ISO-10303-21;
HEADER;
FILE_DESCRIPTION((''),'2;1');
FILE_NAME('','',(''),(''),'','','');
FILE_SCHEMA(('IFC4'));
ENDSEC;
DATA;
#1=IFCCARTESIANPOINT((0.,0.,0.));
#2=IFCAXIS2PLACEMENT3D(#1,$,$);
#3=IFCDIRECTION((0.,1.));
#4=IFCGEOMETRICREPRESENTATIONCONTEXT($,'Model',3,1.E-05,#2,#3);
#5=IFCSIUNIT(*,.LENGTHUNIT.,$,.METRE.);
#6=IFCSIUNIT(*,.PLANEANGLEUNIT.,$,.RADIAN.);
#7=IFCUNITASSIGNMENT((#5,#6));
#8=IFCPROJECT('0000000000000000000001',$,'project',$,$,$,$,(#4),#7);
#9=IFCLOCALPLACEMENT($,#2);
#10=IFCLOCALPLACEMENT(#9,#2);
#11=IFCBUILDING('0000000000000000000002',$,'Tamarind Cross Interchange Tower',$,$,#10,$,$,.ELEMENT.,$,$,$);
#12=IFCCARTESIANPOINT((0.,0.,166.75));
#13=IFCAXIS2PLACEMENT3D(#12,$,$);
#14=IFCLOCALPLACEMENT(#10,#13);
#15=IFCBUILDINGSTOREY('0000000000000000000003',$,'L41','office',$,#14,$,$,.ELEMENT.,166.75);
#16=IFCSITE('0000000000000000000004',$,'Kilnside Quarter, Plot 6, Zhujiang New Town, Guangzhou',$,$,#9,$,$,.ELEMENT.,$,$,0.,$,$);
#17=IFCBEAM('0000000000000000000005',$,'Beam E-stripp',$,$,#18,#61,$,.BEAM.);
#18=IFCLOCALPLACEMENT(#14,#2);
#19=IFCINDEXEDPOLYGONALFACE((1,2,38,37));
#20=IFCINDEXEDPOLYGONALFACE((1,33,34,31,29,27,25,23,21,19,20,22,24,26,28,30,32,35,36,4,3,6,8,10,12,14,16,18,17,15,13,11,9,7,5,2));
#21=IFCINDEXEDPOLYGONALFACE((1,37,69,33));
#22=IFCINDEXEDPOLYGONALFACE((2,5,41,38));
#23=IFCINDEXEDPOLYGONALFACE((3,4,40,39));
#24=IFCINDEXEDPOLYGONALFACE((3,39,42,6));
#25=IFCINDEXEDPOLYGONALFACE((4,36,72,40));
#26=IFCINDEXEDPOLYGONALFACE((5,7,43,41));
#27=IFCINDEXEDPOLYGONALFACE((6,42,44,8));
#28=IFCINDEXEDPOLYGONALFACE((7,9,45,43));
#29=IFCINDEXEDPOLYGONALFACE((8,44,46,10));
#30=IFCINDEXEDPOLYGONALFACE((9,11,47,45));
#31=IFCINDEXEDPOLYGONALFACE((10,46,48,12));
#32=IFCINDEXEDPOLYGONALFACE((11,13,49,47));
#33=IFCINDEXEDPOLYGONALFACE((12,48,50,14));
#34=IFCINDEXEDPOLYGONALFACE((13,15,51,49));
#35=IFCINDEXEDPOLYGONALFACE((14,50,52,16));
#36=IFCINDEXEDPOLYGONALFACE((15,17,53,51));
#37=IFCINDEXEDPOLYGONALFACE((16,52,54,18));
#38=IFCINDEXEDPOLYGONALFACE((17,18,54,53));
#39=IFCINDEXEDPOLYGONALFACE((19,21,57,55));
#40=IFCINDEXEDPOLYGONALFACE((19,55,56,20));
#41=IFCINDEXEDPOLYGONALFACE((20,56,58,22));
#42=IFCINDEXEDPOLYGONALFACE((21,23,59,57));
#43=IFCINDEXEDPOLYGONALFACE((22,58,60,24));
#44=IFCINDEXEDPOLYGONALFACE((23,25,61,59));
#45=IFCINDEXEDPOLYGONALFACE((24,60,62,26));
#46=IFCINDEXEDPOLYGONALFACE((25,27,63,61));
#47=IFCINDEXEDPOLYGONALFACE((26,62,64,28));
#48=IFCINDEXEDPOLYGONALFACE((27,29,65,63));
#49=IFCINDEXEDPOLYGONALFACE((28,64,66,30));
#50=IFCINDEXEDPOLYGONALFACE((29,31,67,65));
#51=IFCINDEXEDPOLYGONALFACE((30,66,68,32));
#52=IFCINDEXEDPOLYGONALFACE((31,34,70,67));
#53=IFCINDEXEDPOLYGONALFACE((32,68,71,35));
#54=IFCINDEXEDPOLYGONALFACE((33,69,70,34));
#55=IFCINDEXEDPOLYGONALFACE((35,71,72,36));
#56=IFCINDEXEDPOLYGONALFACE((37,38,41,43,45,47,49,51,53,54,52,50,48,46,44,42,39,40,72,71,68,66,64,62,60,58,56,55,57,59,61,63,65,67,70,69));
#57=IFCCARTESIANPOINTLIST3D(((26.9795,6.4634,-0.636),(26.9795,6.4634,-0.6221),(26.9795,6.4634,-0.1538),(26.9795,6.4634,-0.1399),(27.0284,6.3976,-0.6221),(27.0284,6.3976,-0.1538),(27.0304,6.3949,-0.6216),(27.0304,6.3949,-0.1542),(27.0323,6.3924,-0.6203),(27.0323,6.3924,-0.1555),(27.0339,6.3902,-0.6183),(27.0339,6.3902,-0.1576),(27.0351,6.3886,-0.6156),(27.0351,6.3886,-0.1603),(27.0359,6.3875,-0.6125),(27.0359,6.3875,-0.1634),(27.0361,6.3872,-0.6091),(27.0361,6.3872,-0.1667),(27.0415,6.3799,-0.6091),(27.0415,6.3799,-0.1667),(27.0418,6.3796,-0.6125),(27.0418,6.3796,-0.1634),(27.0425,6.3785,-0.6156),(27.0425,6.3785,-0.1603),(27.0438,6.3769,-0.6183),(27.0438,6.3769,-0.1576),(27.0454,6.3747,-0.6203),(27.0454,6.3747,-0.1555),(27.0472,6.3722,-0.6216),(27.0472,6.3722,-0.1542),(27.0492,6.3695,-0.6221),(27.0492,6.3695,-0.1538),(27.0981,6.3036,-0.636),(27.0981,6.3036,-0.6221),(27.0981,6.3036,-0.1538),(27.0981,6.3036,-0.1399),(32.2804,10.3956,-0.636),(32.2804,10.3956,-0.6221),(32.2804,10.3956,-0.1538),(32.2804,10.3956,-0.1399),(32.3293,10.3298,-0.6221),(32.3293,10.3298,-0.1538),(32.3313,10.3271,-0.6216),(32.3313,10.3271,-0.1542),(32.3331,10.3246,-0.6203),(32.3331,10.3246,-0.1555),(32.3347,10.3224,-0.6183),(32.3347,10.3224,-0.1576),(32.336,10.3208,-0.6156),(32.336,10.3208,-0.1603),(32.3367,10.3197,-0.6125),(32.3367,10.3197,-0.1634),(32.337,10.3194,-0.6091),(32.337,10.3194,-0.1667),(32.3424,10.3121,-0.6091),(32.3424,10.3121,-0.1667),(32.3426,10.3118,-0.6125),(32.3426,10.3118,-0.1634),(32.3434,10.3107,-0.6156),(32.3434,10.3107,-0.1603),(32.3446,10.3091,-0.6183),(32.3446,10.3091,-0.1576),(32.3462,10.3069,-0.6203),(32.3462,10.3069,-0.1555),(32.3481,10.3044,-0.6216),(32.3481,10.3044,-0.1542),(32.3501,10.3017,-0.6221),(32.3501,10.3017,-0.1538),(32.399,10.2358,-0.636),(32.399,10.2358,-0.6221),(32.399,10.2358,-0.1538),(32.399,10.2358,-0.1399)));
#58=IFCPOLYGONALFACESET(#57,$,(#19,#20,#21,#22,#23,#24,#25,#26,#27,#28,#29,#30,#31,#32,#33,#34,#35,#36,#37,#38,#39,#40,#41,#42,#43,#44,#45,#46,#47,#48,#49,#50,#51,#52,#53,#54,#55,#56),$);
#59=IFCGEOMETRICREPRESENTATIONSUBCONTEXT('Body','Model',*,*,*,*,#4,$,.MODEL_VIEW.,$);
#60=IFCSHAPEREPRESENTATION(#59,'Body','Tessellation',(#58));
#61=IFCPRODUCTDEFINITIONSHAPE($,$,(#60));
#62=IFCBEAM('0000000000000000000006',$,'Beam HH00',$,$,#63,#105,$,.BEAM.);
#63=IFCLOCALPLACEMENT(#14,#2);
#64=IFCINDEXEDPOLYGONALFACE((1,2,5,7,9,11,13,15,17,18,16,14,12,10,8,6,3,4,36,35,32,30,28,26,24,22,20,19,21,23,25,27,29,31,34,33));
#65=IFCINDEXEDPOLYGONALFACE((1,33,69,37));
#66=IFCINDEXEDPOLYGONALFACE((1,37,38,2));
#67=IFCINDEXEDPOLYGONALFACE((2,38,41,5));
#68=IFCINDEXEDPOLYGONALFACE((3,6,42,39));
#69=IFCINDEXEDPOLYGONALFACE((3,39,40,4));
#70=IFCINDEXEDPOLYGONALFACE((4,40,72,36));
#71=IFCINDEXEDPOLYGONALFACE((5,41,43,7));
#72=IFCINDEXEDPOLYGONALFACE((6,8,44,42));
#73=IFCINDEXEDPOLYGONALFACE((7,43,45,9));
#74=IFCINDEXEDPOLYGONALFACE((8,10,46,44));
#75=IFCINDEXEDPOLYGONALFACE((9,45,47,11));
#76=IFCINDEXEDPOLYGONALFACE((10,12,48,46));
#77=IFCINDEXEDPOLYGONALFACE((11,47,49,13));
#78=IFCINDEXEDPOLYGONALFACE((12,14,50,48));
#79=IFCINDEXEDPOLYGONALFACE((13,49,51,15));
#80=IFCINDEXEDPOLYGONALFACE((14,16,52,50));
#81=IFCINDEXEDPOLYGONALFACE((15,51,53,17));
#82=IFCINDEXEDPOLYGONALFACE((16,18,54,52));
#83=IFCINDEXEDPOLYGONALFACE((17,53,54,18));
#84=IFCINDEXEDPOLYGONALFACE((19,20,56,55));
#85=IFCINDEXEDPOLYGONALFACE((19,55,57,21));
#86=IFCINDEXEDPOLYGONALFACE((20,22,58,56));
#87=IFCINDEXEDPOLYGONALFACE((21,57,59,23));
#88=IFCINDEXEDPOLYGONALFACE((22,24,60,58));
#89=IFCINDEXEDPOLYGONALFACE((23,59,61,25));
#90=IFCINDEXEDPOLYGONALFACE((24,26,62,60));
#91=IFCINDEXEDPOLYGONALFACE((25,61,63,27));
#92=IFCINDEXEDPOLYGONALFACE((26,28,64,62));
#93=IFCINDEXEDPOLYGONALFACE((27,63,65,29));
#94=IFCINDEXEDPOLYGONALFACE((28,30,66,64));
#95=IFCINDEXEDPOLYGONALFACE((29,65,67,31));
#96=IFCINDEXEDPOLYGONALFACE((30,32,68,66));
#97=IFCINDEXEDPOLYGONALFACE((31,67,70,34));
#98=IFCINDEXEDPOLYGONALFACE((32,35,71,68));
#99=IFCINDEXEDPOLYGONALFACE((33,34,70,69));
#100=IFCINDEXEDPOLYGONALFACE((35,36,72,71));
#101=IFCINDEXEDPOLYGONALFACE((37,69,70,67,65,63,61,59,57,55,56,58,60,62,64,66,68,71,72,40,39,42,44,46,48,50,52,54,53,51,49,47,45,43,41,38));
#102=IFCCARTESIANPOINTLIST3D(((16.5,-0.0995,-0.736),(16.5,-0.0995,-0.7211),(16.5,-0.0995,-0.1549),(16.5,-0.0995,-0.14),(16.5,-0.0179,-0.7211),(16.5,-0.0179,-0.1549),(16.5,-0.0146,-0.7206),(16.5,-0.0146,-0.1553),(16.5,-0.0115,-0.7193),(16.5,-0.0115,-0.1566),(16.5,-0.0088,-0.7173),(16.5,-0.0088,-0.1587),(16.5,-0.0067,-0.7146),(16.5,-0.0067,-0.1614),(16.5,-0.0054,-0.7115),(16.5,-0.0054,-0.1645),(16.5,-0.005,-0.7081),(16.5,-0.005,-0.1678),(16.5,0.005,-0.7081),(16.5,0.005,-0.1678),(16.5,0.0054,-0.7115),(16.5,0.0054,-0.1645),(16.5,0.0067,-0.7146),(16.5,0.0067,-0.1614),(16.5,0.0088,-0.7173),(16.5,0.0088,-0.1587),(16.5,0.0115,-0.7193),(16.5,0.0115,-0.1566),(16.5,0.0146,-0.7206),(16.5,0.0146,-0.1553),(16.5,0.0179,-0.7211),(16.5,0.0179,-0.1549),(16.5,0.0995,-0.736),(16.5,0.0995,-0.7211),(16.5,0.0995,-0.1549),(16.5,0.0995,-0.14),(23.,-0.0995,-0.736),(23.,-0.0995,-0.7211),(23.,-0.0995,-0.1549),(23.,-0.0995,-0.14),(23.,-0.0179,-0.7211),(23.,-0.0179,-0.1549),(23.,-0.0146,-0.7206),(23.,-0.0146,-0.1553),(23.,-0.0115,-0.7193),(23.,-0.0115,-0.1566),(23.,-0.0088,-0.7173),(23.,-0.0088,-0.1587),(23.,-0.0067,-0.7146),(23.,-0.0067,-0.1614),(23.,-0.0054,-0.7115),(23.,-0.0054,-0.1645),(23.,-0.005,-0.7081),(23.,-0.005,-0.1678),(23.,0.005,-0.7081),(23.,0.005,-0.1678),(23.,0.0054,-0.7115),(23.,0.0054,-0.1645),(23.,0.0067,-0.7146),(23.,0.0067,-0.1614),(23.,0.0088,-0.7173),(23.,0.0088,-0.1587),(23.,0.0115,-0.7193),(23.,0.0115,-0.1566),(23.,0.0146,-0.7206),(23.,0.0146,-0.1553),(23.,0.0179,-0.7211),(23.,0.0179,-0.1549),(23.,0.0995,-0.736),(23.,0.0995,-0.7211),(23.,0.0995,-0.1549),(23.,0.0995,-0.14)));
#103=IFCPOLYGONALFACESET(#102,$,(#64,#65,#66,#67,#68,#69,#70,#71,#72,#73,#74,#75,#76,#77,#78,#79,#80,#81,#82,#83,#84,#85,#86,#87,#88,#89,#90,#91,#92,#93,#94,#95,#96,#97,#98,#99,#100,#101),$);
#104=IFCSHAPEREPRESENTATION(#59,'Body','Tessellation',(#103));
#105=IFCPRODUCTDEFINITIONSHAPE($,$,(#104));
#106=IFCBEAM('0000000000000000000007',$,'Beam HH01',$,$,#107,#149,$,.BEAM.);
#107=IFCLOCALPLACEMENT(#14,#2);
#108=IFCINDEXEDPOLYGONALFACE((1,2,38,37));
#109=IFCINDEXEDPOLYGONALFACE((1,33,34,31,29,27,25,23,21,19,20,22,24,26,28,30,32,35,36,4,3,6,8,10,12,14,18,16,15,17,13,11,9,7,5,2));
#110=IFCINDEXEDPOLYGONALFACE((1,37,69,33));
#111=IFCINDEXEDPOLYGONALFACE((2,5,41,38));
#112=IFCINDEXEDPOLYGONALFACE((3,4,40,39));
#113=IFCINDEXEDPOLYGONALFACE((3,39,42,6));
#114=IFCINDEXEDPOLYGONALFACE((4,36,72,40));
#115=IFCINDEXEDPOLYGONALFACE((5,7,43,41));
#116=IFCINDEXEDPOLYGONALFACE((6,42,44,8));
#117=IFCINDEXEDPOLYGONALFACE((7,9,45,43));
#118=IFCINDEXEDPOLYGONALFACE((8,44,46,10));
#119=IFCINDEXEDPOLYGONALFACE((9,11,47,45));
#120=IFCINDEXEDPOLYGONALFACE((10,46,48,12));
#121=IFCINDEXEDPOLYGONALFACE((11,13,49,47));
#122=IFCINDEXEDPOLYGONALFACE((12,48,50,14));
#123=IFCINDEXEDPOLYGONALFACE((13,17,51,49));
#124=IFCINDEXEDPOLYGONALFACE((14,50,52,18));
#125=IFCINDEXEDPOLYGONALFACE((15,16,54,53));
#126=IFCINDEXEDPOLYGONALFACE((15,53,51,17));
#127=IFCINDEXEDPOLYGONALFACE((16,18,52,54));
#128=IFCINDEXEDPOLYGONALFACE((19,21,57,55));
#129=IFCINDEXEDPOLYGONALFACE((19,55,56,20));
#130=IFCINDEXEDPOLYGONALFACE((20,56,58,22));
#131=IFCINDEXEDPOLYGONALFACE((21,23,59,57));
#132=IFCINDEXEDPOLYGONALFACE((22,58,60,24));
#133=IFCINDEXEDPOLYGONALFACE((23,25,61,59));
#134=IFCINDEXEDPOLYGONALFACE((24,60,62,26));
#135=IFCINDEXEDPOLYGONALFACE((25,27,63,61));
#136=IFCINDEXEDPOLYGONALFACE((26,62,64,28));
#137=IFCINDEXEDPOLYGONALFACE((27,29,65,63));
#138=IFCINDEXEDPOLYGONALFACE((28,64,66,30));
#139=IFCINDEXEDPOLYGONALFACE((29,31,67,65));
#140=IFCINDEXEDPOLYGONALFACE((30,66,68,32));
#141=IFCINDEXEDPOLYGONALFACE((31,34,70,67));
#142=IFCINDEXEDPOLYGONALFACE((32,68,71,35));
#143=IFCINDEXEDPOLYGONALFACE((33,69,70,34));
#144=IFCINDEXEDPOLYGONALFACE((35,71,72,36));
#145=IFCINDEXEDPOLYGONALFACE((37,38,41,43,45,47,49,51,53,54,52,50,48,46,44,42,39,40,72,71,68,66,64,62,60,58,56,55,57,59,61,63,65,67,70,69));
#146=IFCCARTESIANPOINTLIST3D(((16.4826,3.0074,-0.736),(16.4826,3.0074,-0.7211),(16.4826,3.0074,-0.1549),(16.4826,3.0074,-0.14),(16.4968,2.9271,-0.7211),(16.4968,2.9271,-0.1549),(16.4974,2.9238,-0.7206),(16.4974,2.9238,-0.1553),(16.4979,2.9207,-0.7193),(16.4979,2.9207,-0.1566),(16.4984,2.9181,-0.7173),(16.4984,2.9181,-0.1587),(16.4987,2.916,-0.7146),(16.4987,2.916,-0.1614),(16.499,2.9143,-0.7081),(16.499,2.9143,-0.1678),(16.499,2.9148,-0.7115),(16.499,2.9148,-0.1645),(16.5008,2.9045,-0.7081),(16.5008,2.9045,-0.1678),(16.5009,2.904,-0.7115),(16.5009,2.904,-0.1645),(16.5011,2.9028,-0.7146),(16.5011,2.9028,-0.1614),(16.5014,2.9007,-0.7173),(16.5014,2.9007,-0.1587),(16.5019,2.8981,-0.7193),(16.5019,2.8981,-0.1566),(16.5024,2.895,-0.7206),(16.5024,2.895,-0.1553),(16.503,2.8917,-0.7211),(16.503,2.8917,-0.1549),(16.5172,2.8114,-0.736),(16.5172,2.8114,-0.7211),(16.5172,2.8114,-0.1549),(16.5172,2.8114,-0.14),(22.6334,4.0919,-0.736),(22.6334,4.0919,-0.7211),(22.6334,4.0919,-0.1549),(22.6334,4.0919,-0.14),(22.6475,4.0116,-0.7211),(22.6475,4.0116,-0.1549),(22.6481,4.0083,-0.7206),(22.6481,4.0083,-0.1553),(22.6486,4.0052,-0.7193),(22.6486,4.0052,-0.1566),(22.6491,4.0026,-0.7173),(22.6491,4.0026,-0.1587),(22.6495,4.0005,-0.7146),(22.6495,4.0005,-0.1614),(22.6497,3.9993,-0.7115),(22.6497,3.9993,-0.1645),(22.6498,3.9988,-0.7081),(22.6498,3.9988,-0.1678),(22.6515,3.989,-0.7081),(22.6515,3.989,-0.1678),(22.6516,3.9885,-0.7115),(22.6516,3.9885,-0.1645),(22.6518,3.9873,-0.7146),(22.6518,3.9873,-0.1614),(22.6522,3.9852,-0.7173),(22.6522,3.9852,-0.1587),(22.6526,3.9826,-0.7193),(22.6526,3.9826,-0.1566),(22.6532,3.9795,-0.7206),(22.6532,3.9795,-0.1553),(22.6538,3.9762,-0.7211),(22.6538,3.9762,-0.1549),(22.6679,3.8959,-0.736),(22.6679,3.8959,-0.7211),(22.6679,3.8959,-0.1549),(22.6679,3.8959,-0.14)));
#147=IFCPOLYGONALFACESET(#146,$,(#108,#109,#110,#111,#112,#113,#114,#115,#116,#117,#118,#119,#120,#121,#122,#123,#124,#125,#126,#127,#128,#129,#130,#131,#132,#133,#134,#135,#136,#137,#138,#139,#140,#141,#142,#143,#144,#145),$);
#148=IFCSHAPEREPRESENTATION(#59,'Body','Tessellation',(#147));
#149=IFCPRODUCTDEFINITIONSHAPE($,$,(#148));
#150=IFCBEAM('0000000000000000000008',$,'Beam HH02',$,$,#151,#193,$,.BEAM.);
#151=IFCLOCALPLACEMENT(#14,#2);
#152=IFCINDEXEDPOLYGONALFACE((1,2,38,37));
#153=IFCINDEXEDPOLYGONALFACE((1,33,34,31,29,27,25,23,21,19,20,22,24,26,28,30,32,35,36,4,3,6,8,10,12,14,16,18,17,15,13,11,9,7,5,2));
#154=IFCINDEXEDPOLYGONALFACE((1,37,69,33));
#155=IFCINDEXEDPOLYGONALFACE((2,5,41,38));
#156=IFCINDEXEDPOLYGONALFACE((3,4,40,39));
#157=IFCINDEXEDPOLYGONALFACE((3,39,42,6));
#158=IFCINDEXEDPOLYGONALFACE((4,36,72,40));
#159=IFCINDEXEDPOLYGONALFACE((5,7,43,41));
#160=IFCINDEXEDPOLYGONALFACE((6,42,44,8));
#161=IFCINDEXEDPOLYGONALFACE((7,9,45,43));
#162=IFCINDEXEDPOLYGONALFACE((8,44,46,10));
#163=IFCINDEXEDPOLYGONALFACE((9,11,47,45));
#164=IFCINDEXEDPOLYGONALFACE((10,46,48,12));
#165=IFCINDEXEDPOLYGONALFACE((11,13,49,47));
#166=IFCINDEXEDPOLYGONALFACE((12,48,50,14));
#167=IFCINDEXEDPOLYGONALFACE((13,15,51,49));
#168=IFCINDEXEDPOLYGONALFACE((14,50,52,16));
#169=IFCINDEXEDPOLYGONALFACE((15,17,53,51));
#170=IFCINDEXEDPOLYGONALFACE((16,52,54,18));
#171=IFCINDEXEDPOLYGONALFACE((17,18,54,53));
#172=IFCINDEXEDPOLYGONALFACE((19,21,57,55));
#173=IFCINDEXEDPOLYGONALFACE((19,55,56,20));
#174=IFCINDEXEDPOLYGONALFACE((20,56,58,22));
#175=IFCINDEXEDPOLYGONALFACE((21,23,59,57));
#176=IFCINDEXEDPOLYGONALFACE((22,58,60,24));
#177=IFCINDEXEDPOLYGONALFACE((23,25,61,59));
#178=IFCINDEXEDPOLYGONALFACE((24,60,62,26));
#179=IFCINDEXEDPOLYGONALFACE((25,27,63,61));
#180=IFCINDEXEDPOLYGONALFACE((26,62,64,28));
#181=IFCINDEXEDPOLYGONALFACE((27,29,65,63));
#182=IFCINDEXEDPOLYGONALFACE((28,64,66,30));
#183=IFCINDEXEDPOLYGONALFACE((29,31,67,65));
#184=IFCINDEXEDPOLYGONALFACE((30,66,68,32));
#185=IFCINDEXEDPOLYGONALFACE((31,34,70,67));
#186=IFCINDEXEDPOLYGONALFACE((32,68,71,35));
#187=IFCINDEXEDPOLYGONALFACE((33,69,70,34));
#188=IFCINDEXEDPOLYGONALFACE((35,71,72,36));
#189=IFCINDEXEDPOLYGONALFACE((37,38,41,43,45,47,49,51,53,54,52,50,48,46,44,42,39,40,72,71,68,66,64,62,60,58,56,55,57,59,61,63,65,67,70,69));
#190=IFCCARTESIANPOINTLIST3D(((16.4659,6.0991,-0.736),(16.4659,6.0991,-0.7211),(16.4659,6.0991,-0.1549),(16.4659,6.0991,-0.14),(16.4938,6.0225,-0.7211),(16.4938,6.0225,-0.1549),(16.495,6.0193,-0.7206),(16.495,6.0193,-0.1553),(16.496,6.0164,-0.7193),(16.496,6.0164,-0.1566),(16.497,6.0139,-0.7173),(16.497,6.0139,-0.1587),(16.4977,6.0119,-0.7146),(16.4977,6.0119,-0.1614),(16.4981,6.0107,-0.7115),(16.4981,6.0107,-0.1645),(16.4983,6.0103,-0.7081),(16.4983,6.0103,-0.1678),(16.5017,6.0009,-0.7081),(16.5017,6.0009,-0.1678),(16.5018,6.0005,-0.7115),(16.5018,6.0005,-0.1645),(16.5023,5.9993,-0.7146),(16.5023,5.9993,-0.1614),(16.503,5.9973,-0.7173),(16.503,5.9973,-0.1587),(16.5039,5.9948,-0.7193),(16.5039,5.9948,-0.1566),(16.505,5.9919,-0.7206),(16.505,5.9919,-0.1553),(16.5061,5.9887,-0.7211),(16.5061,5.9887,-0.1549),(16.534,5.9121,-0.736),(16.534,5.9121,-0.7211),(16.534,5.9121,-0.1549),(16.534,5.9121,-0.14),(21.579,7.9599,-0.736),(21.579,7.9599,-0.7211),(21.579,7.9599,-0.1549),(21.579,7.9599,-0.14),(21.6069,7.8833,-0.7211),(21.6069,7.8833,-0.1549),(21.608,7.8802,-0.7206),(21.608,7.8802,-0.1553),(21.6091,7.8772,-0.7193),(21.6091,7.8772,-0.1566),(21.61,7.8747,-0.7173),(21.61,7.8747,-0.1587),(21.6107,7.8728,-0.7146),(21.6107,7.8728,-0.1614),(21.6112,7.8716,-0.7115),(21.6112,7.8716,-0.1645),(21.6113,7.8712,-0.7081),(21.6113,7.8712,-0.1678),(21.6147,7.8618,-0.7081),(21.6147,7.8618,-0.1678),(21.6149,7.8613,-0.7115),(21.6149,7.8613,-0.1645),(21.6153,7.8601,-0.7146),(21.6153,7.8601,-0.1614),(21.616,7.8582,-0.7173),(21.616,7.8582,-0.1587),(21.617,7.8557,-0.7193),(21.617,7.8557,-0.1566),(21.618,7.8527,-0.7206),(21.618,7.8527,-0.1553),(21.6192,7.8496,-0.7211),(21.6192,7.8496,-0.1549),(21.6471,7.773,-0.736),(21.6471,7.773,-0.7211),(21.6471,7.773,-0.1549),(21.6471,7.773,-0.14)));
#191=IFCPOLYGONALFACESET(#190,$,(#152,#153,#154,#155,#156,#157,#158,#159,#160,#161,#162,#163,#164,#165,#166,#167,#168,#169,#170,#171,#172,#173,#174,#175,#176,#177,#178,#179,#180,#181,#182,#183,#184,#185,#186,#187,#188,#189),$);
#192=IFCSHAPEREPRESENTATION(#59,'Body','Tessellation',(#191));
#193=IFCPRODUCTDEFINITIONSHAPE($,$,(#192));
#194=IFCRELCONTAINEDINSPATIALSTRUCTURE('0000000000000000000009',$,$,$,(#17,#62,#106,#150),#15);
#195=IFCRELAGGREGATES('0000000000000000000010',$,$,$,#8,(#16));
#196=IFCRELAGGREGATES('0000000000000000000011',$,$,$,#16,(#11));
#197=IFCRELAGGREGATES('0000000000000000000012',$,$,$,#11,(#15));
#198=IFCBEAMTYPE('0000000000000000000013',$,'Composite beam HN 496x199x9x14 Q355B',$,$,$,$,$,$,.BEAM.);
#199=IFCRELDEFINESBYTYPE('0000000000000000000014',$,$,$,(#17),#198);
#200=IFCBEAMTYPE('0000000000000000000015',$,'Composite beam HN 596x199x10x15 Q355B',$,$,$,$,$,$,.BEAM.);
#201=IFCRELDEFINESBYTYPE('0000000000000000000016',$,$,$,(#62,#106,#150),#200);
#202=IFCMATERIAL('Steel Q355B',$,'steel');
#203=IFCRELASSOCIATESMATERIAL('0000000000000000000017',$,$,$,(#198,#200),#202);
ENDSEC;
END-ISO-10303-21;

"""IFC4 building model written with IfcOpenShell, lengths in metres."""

from ifc_helpers import new_model, si_unit, direction, frame, origin, origin_2d, place, context, subcontext, project, spatial, i_section, extrude, material, material_profile, profile_set, type_object, element, save


model = new_model("IFC4")

# Units and contexts
model_context = context("Model", 3, precision=1e-05, world=origin(), true_north=direction((0.0, 1.0)))
body_context = subcontext(model_context, "Body", "Model", "MODEL_VIEW")
ifc_project = project(units=[si_unit("LENGTHUNIT", "METRE"), si_unit("PLANEANGLEUNIT", "RADIAN")], contexts=[model_context])

# Site, building, storey
site_placement = place(None, origin())
site = spatial("IfcSite", under=ifc_project, at=site_placement, Name="Kilnside Quarter, Plot 6, Zhujiang New Town, Guangzhou", CompositionType="ELEMENT", RefElevation=0.0)
building_placement = place(site_placement, origin())
building = spatial("IfcBuilding", under=site, at=building_placement, Name="Tamarind Cross Interchange Tower", CompositionType="ELEMENT")
storey_placement = place(building_placement, frame((0.0, 0.0, 166.75)))
storey = spatial("IfcBuildingStorey", under=building, at=storey_placement, Name="L41", Description="office", CompositionType="ELEMENT", Elevation=166.75)

# Beams
ifc_material_1 = material(Name="Steel Q355B", Category="steel")
ifc_material_profile_1 = material_profile(ifc_material_1, i_section(OverallWidth=0.199, OverallDepth=0.4961, WebThickness=0.009, FlangeThickness=0.0139, FilletRadius=0.0129, at=origin_2d()), Name="HN 496x199x9x14")
ifc_profile_set_1 = profile_set([ifc_material_profile_1], Name="Steel Q355B")
beam_type_1 = type_object("IfcBeamType", Name="Composite beam HN 496x199x9x14 Q355B", PredefinedType="BEAM", material=ifc_profile_set_1)
for number, where, z_axis, x_axis, name in (
    (1, (27.0388, 6.3835, -0.3879), (0.803149, 0.595778, 0.0), (-0.595778, 0.803149, 0.0), "Beam E-stripp"),
):
    element("IfcBeam", number, at=place(storey_placement, frame(where, z_axis=z_axis, x_axis=x_axis)), inside=storey, type_object=beam_type_1, Name=name, PredefinedType="BEAM", context=body_context, shape_type="SweptSolid", body=[
        extrude(i_section(OverallWidth=0.199, OverallDepth=0.4961, WebThickness=0.009, FlangeThickness=0.0139, FilletRadius=0.0129, at=origin_2d()), origin(), (0.0, 0.0, 1.0), 6.6001),
    ])
ifc_material_profile_2 = material_profile(ifc_material_1, i_section(OverallWidth=0.199, OverallDepth=0.5959, WebThickness=0.01, FlangeThickness=0.0149, FilletRadius=0.0129, at=origin_2d()), Name="HN 596x199x10x15")
ifc_profile_set_2 = profile_set([ifc_material_profile_2], Name="Steel Q355B")
beam_type_2 = type_object("IfcBeamType", Name="Composite beam HN 596x199x10x15 Q355B", PredefinedType="BEAM", material=ifc_profile_set_2)
beam_1_placement = place(storey_placement, frame((23.0, 0.0, -0.438), z_axis=(-1.0, 0.0, 0.0), x_axis=(0.0, -1.0, 0.0)))
element("IfcBeam", 2, at=beam_1_placement, inside=storey, type_object=beam_type_2, Name="Beam HH00", PredefinedType="BEAM", context=body_context, shape_type="SweptSolid", body=[
    extrude(i_section(OverallWidth=0.199, OverallDepth=0.5959, WebThickness=0.01, FlangeThickness=0.0149, FilletRadius=0.0129, at=origin_2d()), origin(), (0.0, 0.0, 1.0), 6.5),
])
beam_2_placement = place(storey_placement, frame((22.6506, 3.9939, -0.438), z_axis=(-0.984809, -0.17364, 0.0), x_axis=(0.17364, -0.984809, 0.0)))
element("IfcBeam", 3, at=beam_2_placement, inside=storey, type_object=beam_type_2, Name="Beam HH01", PredefinedType="BEAM", context=body_context, shape_type="SweptSolid", body=[
    extrude(i_section(OverallWidth=0.199, OverallDepth=0.5959, WebThickness=0.01, FlangeThickness=0.0149, FilletRadius=0.0129, at=origin_2d()), origin(), (0.0, 0.0, 1.0), 6.2456),
])
beam_3_placement = place(storey_placement, frame((21.613, 7.8665, -0.438), z_axis=(-0.939702, -0.341995, 0.0), x_axis=(0.341995, -0.939702, 0.0)))
element("IfcBeam", 4, at=beam_3_placement, inside=storey, type_object=beam_type_2, Name="Beam HH02", PredefinedType="BEAM", context=body_context, shape_type="SweptSolid", body=[
    extrude(i_section(OverallWidth=0.199, OverallDepth=0.5959, WebThickness=0.01, FlangeThickness=0.0149, FilletRadius=0.0129, at=origin_2d()), origin(), (0.0, 0.0, 1.0), 5.4412),
])

save(model, "model.ifc")
